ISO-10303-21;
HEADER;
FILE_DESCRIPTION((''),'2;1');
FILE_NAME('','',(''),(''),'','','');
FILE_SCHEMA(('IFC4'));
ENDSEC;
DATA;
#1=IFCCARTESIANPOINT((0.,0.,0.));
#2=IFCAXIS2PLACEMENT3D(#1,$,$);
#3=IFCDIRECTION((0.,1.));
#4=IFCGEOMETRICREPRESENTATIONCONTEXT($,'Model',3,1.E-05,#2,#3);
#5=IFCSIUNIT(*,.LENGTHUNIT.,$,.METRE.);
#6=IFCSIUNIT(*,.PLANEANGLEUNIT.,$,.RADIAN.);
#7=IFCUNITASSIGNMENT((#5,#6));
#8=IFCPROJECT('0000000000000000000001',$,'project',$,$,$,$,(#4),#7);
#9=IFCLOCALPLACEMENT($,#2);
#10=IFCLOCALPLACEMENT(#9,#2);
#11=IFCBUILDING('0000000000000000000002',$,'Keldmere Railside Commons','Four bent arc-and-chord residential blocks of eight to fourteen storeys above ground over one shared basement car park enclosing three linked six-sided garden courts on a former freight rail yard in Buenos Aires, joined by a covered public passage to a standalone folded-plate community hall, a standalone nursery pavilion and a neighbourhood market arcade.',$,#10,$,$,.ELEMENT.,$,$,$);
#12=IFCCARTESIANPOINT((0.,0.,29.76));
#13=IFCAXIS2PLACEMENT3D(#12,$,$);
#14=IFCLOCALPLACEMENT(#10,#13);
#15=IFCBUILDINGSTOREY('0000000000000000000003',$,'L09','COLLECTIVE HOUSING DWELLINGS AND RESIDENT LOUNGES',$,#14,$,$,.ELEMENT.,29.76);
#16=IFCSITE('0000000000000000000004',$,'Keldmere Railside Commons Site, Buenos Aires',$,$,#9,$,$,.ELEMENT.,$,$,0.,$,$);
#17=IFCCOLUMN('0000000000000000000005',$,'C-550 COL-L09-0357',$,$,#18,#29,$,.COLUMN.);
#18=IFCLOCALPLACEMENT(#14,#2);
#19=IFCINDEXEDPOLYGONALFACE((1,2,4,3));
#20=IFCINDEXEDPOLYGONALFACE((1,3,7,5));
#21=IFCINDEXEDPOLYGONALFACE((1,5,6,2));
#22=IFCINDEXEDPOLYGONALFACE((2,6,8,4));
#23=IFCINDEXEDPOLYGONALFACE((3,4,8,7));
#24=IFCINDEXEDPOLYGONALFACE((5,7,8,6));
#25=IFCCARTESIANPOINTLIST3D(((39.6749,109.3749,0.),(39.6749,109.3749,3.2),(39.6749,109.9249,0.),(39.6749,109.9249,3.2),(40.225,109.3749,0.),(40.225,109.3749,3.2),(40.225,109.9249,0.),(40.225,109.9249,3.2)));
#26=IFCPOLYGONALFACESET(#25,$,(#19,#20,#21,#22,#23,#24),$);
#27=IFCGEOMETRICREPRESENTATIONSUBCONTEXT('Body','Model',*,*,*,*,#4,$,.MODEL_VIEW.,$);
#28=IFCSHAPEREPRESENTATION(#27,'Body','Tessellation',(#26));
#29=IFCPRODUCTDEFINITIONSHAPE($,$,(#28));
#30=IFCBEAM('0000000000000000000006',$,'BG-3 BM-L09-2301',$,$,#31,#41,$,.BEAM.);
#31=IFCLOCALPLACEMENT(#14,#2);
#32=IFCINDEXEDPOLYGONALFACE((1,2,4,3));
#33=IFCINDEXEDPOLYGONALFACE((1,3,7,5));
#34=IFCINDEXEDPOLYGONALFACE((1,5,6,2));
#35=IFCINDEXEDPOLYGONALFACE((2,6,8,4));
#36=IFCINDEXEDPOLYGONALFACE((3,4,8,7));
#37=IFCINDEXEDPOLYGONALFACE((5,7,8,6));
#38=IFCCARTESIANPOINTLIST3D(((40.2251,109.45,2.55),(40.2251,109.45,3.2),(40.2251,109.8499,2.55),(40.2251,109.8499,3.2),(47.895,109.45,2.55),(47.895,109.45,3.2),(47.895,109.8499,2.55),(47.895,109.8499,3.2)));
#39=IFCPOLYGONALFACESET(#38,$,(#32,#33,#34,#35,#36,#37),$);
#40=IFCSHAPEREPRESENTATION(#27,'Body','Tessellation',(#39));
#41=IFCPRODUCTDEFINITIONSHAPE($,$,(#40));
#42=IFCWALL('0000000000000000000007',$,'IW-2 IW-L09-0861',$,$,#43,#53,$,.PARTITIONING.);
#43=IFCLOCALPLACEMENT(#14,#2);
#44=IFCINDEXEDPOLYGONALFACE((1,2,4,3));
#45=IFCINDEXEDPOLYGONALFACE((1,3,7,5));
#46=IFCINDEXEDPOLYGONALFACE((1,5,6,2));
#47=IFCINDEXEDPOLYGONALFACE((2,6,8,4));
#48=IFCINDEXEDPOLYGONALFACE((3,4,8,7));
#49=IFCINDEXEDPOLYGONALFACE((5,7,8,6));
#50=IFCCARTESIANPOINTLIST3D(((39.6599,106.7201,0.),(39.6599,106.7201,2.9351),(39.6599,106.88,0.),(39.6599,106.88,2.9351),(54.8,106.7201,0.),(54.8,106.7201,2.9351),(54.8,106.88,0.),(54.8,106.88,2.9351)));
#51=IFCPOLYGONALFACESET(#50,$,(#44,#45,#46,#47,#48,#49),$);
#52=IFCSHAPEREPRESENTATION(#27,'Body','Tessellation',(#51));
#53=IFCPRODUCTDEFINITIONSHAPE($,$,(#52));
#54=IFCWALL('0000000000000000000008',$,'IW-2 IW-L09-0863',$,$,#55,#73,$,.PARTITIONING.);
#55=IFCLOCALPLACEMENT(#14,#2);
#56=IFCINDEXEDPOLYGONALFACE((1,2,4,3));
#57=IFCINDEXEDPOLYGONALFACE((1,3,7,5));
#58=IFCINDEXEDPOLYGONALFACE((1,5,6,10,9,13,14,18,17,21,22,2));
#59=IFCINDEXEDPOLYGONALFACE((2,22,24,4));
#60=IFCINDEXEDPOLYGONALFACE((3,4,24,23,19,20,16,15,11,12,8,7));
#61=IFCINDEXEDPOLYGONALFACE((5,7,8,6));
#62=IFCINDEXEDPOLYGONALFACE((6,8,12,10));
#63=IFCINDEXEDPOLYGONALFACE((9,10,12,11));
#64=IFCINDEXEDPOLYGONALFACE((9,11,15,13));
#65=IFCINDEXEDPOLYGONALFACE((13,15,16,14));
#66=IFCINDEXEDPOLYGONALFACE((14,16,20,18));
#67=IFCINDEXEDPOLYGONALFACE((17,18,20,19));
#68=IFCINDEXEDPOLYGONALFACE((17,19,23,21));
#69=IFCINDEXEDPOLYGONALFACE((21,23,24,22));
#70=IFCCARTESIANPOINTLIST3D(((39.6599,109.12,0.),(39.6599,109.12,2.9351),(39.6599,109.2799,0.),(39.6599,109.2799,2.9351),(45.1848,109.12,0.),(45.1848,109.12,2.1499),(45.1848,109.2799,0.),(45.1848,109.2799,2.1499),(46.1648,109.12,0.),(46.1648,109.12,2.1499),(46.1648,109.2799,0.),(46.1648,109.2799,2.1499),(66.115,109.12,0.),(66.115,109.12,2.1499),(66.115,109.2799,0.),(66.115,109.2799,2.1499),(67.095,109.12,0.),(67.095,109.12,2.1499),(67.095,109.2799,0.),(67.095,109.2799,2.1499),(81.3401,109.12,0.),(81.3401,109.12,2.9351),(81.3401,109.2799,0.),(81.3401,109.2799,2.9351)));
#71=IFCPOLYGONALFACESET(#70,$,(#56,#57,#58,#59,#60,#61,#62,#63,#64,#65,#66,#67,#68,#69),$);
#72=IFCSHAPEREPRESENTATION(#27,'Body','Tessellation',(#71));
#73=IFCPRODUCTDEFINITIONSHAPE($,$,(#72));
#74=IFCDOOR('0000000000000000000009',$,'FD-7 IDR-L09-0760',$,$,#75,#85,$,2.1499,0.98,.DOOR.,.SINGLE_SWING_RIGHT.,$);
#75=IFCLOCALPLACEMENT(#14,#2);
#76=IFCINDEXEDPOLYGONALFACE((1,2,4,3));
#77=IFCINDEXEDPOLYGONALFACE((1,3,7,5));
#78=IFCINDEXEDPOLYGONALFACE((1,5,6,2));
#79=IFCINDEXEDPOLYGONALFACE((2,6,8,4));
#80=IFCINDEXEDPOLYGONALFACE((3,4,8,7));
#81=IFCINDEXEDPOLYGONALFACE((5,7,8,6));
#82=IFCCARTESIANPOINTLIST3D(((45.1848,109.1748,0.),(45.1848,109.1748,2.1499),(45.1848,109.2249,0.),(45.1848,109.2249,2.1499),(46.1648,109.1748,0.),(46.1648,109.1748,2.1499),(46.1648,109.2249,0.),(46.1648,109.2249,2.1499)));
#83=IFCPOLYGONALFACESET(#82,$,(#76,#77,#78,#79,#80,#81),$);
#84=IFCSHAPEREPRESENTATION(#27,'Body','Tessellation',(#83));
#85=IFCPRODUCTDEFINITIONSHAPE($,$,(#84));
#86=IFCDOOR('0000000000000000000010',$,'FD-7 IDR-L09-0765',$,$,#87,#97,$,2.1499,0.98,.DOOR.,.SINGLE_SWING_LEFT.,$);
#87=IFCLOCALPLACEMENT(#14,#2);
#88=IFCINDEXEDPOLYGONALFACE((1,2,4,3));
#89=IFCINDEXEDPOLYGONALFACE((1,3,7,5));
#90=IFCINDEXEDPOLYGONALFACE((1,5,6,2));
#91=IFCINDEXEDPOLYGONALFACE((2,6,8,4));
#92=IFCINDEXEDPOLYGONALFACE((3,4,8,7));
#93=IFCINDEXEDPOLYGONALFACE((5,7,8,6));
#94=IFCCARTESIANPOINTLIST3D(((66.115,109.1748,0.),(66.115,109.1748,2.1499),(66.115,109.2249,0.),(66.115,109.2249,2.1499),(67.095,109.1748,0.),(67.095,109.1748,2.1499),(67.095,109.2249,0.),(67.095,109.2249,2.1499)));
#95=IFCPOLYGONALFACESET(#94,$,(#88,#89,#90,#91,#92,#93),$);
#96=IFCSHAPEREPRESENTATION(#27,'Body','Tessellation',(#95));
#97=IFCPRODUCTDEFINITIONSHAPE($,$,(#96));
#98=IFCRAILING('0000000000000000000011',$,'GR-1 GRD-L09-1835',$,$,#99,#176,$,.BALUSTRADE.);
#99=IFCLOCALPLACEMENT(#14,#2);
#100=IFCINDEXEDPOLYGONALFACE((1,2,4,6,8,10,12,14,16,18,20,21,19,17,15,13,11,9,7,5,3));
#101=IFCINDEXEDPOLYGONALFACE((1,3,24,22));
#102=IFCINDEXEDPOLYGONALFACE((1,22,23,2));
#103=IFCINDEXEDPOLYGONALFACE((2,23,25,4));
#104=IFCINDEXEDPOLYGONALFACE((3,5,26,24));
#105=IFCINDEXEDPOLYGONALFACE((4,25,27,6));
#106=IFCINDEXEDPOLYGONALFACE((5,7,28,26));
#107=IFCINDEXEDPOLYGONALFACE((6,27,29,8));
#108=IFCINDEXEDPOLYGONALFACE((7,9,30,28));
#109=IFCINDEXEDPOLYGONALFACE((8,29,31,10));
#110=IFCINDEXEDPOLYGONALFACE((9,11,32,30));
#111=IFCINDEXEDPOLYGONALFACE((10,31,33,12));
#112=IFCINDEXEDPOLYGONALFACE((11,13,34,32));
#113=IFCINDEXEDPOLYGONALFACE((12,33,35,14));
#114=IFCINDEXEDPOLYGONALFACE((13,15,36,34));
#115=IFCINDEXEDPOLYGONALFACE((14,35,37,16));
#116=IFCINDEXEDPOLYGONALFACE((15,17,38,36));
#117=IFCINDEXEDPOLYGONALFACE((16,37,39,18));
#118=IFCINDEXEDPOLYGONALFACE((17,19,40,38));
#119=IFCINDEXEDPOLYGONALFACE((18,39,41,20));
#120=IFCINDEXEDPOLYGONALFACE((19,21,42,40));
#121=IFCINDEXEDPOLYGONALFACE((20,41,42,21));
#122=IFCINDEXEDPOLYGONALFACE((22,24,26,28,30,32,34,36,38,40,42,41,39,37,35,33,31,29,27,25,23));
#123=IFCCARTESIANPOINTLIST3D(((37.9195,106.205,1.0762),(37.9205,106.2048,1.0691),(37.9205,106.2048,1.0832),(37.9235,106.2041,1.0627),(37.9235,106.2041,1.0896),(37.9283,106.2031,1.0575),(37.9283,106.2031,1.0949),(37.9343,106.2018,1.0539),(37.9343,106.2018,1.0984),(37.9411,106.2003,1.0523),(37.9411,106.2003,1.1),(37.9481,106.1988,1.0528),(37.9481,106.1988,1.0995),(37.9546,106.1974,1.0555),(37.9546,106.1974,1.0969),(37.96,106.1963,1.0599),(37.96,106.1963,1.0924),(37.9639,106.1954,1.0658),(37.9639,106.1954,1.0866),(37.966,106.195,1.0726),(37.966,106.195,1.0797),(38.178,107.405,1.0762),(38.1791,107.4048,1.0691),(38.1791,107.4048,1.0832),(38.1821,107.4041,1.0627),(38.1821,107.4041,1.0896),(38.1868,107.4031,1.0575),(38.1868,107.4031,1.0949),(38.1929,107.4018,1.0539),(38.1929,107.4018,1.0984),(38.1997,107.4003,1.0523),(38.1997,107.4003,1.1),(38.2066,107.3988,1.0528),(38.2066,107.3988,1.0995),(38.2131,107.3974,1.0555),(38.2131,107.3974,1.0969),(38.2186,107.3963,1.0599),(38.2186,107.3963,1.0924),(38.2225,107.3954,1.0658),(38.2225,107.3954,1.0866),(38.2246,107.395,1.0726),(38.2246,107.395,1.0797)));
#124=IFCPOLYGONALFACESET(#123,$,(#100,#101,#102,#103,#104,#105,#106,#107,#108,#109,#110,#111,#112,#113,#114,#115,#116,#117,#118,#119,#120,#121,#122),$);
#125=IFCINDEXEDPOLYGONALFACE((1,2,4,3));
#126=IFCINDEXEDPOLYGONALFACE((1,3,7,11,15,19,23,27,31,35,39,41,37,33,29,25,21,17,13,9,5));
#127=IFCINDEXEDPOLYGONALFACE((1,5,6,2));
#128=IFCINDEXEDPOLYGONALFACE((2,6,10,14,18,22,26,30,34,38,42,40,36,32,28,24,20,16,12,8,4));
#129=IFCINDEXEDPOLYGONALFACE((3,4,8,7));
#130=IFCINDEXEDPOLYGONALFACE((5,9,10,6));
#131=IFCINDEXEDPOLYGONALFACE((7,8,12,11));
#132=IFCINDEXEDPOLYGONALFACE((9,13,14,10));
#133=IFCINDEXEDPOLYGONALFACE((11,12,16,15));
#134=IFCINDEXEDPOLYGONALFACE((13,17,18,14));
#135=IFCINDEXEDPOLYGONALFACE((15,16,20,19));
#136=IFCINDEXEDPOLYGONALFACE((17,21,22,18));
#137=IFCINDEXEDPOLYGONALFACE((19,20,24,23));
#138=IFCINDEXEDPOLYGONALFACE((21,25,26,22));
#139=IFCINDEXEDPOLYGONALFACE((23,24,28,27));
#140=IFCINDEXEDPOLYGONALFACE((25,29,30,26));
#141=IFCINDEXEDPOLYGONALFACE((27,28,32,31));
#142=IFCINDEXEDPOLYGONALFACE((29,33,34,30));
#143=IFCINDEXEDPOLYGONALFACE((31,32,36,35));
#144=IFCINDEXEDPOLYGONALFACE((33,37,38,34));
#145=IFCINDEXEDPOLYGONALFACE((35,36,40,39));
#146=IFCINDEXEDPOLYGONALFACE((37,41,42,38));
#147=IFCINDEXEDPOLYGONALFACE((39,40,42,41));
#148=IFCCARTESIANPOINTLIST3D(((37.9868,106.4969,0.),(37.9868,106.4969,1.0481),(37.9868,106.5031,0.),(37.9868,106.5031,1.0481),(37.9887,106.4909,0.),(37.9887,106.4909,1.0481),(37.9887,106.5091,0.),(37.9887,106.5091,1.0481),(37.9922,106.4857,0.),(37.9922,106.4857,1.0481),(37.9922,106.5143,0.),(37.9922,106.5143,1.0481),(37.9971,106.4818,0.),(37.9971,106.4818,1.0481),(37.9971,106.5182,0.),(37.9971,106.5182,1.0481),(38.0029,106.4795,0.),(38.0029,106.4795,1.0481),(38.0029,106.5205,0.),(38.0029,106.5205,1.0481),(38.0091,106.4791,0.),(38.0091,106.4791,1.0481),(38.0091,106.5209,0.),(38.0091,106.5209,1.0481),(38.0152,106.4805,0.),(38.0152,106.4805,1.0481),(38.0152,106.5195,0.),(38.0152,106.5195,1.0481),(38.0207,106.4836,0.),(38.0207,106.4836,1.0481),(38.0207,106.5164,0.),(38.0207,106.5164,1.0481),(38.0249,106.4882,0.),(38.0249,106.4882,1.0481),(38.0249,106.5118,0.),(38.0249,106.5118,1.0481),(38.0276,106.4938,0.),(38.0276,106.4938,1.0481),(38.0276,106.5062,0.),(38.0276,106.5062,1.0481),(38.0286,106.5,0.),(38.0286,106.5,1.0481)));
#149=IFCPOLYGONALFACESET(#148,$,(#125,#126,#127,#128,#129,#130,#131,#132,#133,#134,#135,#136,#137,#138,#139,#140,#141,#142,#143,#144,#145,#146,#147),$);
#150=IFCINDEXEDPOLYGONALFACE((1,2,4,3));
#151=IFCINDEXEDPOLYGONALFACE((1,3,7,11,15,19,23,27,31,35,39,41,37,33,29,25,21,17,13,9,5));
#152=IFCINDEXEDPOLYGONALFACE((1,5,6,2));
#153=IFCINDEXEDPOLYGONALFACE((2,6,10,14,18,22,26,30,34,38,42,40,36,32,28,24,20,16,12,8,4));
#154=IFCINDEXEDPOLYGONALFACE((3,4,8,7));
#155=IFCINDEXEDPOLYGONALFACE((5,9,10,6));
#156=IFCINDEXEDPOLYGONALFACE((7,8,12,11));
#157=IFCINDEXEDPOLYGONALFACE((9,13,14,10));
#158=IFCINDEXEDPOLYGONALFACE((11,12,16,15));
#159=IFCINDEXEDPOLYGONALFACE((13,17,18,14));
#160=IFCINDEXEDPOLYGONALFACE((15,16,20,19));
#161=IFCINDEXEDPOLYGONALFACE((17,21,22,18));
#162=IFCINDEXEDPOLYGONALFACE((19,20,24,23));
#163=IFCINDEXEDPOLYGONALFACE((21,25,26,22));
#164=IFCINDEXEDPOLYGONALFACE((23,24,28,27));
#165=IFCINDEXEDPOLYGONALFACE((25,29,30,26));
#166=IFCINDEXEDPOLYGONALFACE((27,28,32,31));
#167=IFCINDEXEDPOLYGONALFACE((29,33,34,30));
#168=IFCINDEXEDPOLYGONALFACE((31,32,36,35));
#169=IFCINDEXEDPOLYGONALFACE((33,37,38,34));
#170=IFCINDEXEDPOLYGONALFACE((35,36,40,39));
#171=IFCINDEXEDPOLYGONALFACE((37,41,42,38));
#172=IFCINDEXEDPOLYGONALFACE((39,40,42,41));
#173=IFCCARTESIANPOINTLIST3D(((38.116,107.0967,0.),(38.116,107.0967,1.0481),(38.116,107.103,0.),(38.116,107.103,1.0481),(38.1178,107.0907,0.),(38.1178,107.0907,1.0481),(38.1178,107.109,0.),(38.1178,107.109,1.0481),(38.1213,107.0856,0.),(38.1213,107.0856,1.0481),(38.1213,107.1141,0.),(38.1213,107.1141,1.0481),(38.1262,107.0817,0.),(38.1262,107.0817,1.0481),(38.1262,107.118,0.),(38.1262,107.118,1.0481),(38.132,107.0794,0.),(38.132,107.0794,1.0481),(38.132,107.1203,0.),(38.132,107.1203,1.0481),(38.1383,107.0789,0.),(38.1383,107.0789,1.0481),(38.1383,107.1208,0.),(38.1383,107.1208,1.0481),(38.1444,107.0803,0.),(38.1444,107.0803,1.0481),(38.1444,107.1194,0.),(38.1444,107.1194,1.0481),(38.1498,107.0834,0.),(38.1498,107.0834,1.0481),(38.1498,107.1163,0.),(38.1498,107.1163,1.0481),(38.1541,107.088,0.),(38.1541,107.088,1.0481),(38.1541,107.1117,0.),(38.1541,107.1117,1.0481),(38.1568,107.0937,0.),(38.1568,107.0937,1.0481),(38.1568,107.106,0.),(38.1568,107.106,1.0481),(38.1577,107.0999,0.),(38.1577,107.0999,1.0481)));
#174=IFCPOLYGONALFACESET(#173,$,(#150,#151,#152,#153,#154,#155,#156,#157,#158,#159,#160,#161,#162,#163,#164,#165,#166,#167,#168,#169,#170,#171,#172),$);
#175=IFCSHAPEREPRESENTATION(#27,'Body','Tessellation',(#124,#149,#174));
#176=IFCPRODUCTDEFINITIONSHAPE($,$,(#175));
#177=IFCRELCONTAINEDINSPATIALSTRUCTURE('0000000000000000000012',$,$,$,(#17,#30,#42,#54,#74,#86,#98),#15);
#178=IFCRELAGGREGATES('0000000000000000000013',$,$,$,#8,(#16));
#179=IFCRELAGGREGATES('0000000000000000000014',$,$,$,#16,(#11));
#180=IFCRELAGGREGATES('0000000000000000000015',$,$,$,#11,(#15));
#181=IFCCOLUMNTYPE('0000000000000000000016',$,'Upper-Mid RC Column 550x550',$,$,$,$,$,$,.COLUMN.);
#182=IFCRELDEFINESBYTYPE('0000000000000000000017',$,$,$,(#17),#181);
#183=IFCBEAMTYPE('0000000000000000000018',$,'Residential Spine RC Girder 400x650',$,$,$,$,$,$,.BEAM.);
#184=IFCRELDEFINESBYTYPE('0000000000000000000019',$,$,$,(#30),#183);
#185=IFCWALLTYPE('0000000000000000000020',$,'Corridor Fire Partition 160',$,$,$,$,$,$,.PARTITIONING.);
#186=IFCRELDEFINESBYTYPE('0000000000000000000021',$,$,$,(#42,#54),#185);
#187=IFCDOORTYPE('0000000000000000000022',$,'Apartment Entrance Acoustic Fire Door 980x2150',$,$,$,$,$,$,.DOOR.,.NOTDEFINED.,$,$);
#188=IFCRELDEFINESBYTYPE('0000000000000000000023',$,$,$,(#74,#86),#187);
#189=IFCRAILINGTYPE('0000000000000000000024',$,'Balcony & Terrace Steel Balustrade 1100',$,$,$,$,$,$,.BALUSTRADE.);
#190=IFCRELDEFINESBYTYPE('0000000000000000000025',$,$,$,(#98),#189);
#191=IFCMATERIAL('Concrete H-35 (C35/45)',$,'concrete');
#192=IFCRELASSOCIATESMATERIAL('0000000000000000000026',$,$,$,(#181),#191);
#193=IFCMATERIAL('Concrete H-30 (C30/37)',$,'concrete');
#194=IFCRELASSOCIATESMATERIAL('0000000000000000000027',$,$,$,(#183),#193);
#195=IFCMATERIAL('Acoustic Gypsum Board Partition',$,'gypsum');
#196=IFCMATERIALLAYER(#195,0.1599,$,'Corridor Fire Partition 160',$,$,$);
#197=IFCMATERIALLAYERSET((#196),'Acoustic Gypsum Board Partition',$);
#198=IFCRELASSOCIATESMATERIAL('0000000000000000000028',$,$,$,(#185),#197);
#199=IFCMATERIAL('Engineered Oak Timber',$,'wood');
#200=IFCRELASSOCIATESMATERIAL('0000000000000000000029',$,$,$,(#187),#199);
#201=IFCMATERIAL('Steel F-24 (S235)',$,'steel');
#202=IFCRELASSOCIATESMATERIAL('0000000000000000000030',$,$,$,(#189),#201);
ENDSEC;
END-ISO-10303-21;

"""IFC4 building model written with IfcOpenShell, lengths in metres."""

from ifc_helpers import new_model, si_unit, direction, frame, frame_2d, origin, origin_2d, place, context, subcontext, project, spatial, rectangle, circle, extrude, material, layer, layer_set, material_profile, profile_set, type_object, element, fill, save


model = new_model("IFC4")

# Units and contexts
model_context = context("Model", 3, precision=1e-05, world=origin(), true_north=direction((0.0, 1.0)))
body_context = subcontext(model_context, "Body", "Model", "MODEL_VIEW")
ifc_project = project(units=[si_unit("LENGTHUNIT", "METRE"), si_unit("PLANEANGLEUNIT", "RADIAN")], contexts=[model_context])

# Site, building, storey
site_placement = place(None, origin())
site = spatial("IfcSite", under=ifc_project, at=site_placement, Name="Keldmere Railside Commons Site, Buenos Aires", CompositionType="ELEMENT", RefElevation=0.0)
building_placement = place(site_placement, origin())
building = spatial("IfcBuilding", under=site, at=building_placement, Name="Keldmere Railside Commons", Description="Four bent arc-and-chord residential blocks of eight to fourteen storeys above ground over one shared basement car park enclosing three linked six-sided garden courts on a former freight rail yard in Buenos Aires, joined by a covered public passage to a standalone folded-plate community hall, a standalone nursery pavilion and a neighbourhood market arcade.", CompositionType="ELEMENT")
storey_placement = place(building_placement, frame((0.0, 0.0, 29.76)))
storey = spatial("IfcBuildingStorey", under=building, at=storey_placement, Name="L09", Description="COLLECTIVE HOUSING DWELLINGS AND RESIDENT LOUNGES", CompositionType="ELEMENT", Elevation=29.76)

# Column
ifc_material_1 = material(Name="Concrete H-35 (C35/45)", Category="concrete")
ifc_material_profile_1 = material_profile(ifc_material_1, rectangle(XDim=0.55, YDim=0.55, at=origin_2d()), Name="RC-550x550")
ifc_profile_set_1 = profile_set([ifc_material_profile_1], Name="Concrete H-35 (C35/45)")
column_type = type_object("IfcColumnType", Name="Upper-Mid RC Column 550x550", PredefinedType="COLUMN", material=ifc_profile_set_1)
column_placement = place(storey_placement, frame((39.95, 109.6499, 0.0), z_axis=(0.0, 0.0, 1.0), x_axis=(1.0, 0.0, 0.0)))
element("IfcColumn", 1, at=column_placement, inside=storey, type_object=column_type, Name="C-550 COL-L09-0357", PredefinedType="COLUMN", context=body_context, shape_type="SweptSolid", body=[
    extrude(rectangle(XDim=0.55, YDim=0.55, at=origin_2d()), origin(), (0.0, 0.0, 1.0), 3.2),
])

# Beam
ifc_material_2 = material(Name="Concrete H-30 (C30/37)", Category="concrete")
ifc_material_profile_2 = material_profile(ifc_material_2, rectangle(XDim=0.3999, YDim=0.6499, at=origin_2d()), Name="RC-400x650")
ifc_profile_set_2 = profile_set([ifc_material_profile_2], Name="Concrete H-30 (C30/37)")
beam_type = type_object("IfcBeamType", Name="Residential Spine RC Girder 400x650", PredefinedType="BEAM", material=ifc_profile_set_2)
beam_placement = place(storey_placement, frame((40.2251, 109.6499, 2.875), z_axis=(1.0, 0.0, 0.0), x_axis=(0.0, 1.0, 0.0)))
element("IfcBeam", 2, at=beam_placement, inside=storey, type_object=beam_type, Name="BG-3 BM-L09-2301", PredefinedType="BEAM", context=body_context, shape_type="SweptSolid", body=[
    extrude(rectangle(XDim=0.3999, YDim=0.6499, at=origin_2d()), origin(), (0.0, 0.0, 1.0), 7.6699),
])

# Wall
ifc_material_3 = material(Name="Acoustic Gypsum Board Partition", Category="gypsum")
ifc_layer = layer(ifc_material_3, 0.1599, Name="Corridor Fire Partition 160")
ifc_layer_set = layer_set([ifc_layer], Name="Acoustic Gypsum Board Partition")
wall_type = type_object("IfcWallType", Name="Corridor Fire Partition 160", PredefinedType="PARTITIONING", material=ifc_layer_set)
wall_1_placement = place(storey_placement, frame((39.6599, 106.8, 0.0), z_axis=(0.0, 0.0, 1.0), x_axis=(1.0, 0.0, 0.0)))
element("IfcWall", 3, at=wall_1_placement, inside=storey, type_object=wall_type, Name="IW-2 IW-L09-0861", PredefinedType="PARTITIONING", context=body_context, shape_type="SweptSolid", body=[
    extrude(rectangle(XDim=15.1401, YDim=0.1599, at=frame_2d((7.5701, 0.0))), origin(), (0.0, 0.0, 1.0), 2.9351),
])

# Wall, openings, doors
wall_2_placement = place(storey_placement, frame((39.6599, 109.2, 0.0), z_axis=(0.0, 0.0, 1.0), x_axis=(1.0, 0.0, 0.0)))
wall_2 = element("IfcWall", 4, at=wall_2_placement, inside=storey, type_object=wall_type, Name="IW-2 IW-L09-0863", PredefinedType="PARTITIONING", context=body_context, shape_type="SweptSolid", body=[
    extrude(rectangle(XDim=41.6802, YDim=0.1599, at=frame_2d((20.8401, 0.0))), origin(), (0.0, 0.0, 1.0), 2.9351),
])
opening_1_placement = place(wall_2_placement, frame((5.5249, 0.0, 0.0)))
opening_1 = element("IfcOpeningElement", 5, at=opening_1_placement, cuts=wall_2, PredefinedType="OPENING", context=body_context, shape_type="SweptSolid", body=[
    extrude(rectangle(XDim=0.98, YDim=2.1499, at=frame_2d((0.49, 1.075))), frame((0.0, 0.0898, 0.0), z_axis=(0.0, -1.0, 0.0), x_axis=(1.0, 0.0, 0.0)), (0.0, 0.0, 1.0), 0.1799),
])
opening_2_placement = place(wall_2_placement, frame((26.4551, 0.0, 0.0)))
opening_2 = element("IfcOpeningElement", 6, at=opening_2_placement, cuts=wall_2, PredefinedType="OPENING", context=body_context, shape_type="SweptSolid", body=[
    extrude(rectangle(XDim=0.98, YDim=2.1499, at=frame_2d((0.49, 1.075))), frame((0.0, 0.0898, 0.0), z_axis=(0.0, -1.0, 0.0), x_axis=(1.0, 0.0, 0.0)), (0.0, 0.0, 1.0), 0.1799),
])
ifc_material_4 = material(Name="Engineered Oak Timber", Category="wood")
door_type = type_object("IfcDoorType", Name="Apartment Entrance Acoustic Fire Door 980x2150", OperationType="NOTDEFINED", PredefinedType="DOOR", material=ifc_material_4)
door_1_placement = place(opening_1_placement, origin())
door_1 = element("IfcDoor", 7, at=door_1_placement, inside=storey, type_object=door_type, Name="FD-7 IDR-L09-0760", OperationType="SINGLE_SWING_RIGHT", OverallHeight=2.1499, OverallWidth=0.98, PredefinedType="DOOR", context=body_context, shape_type="SweptSolid", body=[
    extrude(rectangle(XDim=0.98, YDim=2.1499, at=frame_2d((0.49, 1.075))), frame((0.0, 0.0249, 0.0), z_axis=(0.0, -1.0, 0.0), x_axis=(1.0, 0.0, 0.0)), (0.0, 0.0, 1.0), 0.05),
])
fill(opening_1, door_1)
door_2_placement = place(opening_2_placement, origin())
door_2 = element("IfcDoor", 8, at=door_2_placement, inside=storey, type_object=door_type, Name="FD-7 IDR-L09-0765", OperationType="SINGLE_SWING_LEFT", OverallHeight=2.1499, OverallWidth=0.98, PredefinedType="DOOR", context=body_context, shape_type="SweptSolid", body=[
    extrude(rectangle(XDim=0.98, YDim=2.1499, at=frame_2d((0.49, 1.075))), frame((0.0, 0.0249, 0.0), z_axis=(0.0, -1.0, 0.0), x_axis=(1.0, 0.0, 0.0)), (0.0, 0.0, 1.0), 0.05),
])
fill(opening_2, door_2)

# Railing
ifc_material_5 = material(Name="Steel F-24 (S235)", Category="steel")
railing_type = type_object("IfcRailingType", Name="Balcony & Terrace Steel Balustrade 1100", PredefinedType="BALUSTRADE", material=ifc_material_5)
railing_1_placement = place(storey_placement, frame((37.9429, 106.2, 0.0)))
element("IfcRailing", 9, at=railing_1_placement, inside=storey, type_object=railing_type, Name="GR-1 GRD-L09-1835", PredefinedType="BALUSTRADE", context=body_context, shape_type="SweptSolid", body=[
    extrude(circle(Radius=0.0239, at=origin_2d()), frame((0.0, 0.0, 1.0762), z_axis=(0.210629, 0.977566, 0.0), x_axis=(-0.977566, 0.210629, 0.0)), (0.0, 0.0, 1.0), 1.2275),
    extrude(circle(Radius=0.021, at=origin_2d()), frame((0.0647, 0.3, 0.0)), (0.0, 0.0, 1.0), 1.0481),
    extrude(circle(Radius=0.021, at=origin_2d()), frame((0.1938, 0.8999, 0.0)), (0.0, 0.0, 1.0), 1.0481),
])

save(model, "model.ifc")
